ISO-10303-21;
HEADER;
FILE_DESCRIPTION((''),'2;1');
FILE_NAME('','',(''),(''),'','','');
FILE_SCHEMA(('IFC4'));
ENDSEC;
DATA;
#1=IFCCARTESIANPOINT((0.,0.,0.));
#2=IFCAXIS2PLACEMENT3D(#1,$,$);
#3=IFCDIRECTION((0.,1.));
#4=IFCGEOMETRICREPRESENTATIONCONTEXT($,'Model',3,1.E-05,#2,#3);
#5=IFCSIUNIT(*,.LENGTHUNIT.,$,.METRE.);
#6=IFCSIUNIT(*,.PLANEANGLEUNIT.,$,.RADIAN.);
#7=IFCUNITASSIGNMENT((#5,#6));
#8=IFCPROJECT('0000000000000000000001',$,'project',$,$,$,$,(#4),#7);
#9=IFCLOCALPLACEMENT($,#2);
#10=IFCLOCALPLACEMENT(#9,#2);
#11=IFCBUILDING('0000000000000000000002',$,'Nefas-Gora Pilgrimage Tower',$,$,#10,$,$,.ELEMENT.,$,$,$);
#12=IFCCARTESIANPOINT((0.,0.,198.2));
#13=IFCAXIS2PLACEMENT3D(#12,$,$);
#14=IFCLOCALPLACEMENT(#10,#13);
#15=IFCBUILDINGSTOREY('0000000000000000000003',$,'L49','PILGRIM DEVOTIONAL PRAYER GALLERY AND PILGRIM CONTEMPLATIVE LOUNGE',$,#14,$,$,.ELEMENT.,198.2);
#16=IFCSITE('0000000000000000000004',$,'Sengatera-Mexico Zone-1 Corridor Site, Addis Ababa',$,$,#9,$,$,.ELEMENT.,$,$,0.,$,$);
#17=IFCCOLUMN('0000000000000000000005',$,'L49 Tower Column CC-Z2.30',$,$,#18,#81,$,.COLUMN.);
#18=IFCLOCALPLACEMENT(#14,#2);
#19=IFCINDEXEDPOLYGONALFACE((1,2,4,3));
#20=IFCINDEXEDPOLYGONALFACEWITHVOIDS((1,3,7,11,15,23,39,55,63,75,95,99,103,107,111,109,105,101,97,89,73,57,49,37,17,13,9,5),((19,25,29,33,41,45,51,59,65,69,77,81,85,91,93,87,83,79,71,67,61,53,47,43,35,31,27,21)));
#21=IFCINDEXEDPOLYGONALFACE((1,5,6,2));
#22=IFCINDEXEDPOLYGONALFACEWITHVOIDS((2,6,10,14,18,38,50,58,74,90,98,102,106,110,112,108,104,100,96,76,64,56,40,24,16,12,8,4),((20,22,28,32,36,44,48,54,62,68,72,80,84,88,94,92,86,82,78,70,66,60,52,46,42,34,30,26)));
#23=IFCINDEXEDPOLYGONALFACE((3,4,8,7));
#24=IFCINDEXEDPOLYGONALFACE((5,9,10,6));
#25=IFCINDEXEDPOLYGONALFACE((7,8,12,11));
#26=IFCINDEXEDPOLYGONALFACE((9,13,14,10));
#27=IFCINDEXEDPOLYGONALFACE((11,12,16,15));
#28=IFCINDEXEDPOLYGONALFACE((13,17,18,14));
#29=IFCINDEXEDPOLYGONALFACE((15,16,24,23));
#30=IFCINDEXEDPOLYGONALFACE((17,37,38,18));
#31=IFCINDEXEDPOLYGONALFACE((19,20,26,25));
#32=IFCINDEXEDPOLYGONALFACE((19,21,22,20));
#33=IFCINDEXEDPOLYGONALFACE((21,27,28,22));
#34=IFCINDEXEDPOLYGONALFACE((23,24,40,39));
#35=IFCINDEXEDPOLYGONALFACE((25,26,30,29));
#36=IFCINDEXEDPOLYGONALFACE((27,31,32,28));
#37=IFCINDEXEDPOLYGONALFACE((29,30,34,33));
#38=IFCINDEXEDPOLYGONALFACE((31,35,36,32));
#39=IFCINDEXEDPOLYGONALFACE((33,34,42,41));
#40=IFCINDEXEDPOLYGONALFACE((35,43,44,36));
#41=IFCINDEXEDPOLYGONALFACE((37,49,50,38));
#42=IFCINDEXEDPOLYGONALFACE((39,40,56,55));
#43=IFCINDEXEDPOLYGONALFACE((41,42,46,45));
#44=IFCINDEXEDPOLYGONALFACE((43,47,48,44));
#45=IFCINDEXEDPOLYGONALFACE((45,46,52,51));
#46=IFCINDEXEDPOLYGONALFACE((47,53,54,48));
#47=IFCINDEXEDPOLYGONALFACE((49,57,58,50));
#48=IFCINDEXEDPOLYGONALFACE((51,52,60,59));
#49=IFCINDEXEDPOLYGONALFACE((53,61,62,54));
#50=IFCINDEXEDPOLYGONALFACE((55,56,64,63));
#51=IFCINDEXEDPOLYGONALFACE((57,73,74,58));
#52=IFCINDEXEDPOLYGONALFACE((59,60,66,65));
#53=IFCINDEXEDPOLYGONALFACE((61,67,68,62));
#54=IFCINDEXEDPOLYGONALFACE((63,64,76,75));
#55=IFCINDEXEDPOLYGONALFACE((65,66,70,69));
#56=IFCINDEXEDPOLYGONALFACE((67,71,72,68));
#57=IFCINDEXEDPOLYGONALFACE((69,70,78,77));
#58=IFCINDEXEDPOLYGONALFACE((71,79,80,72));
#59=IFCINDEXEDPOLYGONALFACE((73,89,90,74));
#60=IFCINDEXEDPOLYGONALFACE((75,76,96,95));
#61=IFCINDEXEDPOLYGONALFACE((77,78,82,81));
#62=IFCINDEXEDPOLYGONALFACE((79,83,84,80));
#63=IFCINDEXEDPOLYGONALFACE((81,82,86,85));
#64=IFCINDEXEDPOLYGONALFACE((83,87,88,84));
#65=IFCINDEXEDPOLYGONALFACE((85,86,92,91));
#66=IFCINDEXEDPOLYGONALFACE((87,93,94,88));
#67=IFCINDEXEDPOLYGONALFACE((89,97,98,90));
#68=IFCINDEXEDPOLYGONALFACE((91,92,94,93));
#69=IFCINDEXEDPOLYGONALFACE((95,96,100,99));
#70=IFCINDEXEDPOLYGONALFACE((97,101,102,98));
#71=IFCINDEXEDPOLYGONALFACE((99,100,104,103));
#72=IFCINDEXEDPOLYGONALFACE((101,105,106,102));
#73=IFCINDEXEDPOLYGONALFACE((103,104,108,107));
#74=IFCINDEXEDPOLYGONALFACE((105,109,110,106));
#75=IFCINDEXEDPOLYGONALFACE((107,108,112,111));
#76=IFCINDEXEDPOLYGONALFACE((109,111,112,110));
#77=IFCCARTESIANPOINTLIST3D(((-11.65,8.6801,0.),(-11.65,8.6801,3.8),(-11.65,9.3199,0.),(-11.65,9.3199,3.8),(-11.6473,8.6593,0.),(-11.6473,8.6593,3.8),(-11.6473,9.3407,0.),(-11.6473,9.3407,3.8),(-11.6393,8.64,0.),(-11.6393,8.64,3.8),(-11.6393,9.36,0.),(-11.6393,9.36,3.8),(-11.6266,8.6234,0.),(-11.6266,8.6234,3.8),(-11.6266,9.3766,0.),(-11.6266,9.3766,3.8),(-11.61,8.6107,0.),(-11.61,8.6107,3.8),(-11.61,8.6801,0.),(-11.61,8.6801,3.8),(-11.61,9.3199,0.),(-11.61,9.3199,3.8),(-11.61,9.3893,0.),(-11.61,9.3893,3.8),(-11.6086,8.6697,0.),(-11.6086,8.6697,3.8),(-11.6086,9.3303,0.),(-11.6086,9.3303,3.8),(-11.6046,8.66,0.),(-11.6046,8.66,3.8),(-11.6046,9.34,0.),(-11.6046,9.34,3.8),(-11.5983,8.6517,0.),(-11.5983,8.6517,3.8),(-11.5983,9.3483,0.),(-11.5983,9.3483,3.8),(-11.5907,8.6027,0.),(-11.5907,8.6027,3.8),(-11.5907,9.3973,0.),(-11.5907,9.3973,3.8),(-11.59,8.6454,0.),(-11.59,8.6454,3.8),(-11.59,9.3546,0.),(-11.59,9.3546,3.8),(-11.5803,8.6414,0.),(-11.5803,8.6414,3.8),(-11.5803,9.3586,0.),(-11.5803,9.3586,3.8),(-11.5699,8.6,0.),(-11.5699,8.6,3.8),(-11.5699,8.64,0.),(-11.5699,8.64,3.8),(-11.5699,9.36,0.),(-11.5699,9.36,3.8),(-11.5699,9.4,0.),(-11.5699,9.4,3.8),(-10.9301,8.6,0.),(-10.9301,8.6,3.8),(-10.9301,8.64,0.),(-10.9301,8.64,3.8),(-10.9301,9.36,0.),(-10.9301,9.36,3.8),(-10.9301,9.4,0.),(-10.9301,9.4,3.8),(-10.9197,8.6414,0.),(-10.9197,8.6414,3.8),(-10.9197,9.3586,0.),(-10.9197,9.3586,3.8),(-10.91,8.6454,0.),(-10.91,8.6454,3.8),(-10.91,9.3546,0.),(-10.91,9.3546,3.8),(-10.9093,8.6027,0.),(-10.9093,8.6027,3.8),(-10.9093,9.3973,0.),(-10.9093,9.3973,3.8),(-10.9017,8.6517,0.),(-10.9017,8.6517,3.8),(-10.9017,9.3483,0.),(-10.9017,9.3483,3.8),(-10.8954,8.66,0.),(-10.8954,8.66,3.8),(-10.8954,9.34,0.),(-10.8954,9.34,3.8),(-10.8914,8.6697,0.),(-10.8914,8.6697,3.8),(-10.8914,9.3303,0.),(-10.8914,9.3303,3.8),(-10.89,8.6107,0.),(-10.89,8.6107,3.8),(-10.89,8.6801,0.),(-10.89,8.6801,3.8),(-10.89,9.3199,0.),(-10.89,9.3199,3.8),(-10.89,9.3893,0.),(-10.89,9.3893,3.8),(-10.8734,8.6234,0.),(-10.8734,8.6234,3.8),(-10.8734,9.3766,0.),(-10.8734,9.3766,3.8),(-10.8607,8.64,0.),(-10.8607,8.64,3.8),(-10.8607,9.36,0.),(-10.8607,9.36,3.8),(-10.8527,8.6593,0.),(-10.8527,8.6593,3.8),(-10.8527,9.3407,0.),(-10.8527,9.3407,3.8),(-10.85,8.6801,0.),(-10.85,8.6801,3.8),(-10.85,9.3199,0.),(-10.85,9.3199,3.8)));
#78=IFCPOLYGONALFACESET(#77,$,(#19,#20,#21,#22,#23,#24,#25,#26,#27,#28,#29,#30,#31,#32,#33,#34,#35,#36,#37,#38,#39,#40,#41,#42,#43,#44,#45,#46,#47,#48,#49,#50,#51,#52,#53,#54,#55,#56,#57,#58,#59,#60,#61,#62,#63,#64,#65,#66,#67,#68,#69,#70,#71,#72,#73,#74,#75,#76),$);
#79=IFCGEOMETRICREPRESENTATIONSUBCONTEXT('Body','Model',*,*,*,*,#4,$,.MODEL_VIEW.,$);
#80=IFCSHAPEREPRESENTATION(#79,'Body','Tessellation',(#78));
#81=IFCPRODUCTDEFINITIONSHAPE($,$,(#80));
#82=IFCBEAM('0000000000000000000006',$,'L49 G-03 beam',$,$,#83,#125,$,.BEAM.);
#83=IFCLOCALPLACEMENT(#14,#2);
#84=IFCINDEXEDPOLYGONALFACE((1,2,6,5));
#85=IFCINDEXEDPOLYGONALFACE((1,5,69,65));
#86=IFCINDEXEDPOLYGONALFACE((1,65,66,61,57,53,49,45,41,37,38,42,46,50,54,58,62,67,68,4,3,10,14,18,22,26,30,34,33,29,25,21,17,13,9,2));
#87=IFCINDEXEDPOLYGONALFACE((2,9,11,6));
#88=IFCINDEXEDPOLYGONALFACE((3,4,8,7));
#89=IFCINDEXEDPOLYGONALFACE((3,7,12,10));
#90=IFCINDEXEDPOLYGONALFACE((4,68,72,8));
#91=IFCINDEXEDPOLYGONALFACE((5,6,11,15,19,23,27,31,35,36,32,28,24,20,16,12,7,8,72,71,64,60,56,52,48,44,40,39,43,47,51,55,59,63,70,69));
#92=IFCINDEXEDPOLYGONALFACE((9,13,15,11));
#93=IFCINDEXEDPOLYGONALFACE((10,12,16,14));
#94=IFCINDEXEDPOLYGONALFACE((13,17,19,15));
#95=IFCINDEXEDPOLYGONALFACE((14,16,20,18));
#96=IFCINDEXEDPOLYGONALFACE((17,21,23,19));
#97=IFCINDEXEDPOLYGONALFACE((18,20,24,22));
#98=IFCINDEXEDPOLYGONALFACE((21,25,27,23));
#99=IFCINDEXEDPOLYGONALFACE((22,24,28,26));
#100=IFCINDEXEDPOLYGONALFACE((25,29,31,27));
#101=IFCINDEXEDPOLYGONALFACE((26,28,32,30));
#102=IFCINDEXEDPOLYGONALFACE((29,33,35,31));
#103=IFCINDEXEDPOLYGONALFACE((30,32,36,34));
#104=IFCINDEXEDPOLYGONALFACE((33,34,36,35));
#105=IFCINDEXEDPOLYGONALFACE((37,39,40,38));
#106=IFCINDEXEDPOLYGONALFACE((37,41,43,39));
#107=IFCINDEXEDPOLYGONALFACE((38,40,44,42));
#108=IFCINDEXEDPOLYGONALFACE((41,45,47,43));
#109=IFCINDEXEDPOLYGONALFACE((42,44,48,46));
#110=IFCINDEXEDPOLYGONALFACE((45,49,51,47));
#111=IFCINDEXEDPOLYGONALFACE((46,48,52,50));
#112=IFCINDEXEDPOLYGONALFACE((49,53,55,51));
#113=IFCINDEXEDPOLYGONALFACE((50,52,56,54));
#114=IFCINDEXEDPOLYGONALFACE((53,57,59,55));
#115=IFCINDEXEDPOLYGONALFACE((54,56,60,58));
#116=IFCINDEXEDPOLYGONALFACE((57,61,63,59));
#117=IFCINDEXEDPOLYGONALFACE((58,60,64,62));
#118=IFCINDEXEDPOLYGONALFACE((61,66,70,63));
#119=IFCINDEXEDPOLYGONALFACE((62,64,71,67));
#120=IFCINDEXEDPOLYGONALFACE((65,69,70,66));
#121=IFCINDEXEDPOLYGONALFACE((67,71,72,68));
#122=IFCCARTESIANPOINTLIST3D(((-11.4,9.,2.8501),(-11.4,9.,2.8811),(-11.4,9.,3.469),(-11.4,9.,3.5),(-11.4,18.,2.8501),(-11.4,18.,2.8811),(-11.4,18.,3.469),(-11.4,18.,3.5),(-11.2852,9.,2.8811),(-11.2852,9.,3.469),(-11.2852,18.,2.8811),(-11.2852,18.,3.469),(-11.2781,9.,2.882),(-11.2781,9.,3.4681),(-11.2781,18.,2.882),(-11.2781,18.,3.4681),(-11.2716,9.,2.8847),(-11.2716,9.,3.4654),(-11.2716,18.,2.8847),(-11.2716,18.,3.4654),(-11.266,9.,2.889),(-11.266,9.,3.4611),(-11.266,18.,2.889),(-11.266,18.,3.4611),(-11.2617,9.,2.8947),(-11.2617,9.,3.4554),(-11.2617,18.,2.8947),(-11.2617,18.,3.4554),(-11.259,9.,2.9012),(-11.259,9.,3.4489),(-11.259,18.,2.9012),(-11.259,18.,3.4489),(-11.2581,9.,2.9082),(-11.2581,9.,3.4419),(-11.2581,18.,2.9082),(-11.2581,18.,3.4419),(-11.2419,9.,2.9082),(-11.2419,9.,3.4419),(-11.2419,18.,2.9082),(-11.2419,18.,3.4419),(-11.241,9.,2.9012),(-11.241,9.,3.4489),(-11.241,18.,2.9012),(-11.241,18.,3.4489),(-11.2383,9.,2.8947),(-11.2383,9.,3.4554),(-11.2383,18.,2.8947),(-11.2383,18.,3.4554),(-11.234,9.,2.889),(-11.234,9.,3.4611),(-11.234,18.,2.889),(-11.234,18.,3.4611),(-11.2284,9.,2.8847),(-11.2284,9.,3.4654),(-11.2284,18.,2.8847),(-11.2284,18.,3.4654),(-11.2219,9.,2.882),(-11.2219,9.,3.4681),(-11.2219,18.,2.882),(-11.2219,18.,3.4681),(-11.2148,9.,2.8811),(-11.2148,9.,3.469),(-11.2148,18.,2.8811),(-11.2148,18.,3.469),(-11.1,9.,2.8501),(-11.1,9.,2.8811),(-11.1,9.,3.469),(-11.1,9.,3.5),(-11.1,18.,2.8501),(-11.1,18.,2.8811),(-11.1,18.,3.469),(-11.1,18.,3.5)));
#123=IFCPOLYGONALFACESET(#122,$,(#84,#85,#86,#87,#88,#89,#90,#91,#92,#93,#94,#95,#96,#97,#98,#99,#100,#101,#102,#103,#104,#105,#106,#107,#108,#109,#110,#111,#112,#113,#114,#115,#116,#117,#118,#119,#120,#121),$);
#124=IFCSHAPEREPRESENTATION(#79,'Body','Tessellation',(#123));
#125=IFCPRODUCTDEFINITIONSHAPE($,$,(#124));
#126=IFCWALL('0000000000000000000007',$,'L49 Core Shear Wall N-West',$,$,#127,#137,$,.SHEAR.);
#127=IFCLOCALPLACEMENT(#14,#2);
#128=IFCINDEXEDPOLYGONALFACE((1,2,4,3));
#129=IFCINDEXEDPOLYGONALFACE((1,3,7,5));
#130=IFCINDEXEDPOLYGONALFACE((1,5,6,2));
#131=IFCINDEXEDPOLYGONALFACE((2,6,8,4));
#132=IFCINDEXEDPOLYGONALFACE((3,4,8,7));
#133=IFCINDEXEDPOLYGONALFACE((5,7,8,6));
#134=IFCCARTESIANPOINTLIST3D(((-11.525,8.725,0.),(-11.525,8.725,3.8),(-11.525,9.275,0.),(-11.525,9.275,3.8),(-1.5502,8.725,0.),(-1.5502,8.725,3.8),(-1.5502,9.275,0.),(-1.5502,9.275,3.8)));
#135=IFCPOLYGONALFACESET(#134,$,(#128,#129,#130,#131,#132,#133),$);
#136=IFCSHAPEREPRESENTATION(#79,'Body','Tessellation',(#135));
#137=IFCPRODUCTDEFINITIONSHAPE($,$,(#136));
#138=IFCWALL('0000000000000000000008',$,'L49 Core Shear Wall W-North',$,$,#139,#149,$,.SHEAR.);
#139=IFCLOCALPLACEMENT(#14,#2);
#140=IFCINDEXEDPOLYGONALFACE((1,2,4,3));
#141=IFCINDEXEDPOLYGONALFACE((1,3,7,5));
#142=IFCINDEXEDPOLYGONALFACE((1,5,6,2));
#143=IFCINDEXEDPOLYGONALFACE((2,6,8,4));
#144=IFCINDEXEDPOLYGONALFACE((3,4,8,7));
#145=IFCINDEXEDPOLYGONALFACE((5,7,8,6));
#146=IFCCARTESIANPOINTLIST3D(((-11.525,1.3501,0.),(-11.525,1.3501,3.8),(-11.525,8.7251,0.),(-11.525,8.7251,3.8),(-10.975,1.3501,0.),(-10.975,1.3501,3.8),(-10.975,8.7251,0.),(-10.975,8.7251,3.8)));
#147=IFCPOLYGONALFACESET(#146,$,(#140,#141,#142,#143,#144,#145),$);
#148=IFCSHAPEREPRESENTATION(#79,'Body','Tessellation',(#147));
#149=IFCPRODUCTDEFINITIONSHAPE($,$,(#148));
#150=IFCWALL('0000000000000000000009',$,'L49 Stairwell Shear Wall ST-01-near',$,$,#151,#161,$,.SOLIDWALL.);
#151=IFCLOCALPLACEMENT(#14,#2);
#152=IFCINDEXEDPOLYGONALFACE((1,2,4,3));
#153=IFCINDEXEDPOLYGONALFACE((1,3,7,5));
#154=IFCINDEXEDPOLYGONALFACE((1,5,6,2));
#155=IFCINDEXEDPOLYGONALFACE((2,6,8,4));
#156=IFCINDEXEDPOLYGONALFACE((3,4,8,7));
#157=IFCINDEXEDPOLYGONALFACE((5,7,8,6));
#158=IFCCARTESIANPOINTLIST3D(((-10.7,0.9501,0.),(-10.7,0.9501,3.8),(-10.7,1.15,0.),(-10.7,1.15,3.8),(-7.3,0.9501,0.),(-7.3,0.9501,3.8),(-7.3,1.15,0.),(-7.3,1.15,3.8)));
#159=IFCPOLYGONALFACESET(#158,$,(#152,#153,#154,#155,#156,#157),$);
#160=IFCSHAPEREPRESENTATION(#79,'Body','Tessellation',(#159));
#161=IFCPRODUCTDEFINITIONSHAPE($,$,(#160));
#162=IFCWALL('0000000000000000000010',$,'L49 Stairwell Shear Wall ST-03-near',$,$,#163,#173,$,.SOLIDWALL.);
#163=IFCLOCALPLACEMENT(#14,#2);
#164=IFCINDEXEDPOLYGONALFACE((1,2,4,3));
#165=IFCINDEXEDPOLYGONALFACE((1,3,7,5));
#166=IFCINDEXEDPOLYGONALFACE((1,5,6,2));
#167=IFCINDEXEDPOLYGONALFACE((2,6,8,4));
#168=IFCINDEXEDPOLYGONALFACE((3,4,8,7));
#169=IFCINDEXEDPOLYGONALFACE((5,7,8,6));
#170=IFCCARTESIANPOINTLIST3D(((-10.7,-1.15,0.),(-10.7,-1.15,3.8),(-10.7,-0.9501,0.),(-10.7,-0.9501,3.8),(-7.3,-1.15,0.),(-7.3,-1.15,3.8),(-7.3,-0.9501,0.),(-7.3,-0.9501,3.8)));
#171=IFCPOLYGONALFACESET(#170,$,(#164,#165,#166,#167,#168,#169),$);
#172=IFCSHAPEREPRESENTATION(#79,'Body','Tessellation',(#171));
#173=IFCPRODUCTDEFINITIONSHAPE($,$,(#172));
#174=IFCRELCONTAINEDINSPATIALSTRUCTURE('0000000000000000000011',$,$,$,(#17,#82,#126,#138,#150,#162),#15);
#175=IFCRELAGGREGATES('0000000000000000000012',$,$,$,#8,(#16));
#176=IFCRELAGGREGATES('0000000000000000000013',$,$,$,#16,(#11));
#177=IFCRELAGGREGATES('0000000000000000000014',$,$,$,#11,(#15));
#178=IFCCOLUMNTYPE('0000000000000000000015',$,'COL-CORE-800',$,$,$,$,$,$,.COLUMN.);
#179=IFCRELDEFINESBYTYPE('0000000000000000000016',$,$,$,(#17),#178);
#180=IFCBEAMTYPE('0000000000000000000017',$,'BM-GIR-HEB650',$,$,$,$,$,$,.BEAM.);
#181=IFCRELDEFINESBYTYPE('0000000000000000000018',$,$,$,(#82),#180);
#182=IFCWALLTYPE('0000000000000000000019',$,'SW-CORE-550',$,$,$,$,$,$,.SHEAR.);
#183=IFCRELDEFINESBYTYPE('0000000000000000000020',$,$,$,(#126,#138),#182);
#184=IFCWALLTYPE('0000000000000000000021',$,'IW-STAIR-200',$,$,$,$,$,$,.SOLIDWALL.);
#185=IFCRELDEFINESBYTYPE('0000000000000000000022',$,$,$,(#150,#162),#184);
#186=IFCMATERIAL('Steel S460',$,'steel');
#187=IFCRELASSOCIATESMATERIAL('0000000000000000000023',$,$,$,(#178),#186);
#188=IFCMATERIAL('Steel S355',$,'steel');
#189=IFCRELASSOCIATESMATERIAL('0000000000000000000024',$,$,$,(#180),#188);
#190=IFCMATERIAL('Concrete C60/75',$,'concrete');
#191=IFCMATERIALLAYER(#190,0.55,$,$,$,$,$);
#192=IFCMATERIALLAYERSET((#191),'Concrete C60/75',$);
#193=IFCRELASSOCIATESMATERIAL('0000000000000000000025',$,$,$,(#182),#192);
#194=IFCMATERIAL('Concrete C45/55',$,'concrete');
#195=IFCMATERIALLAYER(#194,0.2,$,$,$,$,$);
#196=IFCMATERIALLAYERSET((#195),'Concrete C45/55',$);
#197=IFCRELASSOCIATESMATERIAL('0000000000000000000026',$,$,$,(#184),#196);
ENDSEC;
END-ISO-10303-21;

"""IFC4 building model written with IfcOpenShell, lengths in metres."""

from ifc_helpers import new_model, si_unit, direction, frame, frame_2d, origin, origin_2d, place, context, subcontext, project, spatial, rectangle, hollow_rectangle, i_section, extrude, source, transform, mapped, material, layer, layer_set, material_profile, profile_set, type_object, element, save


model = new_model("IFC4")

# Units and contexts
model_context = context("Model", 3, precision=1e-05, world=origin(), true_north=direction((0.0, 1.0)))
body_context = subcontext(model_context, "Body", "Model", "MODEL_VIEW")
ifc_project = project(units=[si_unit("LENGTHUNIT", "METRE"), si_unit("PLANEANGLEUNIT", "RADIAN")], contexts=[model_context])

# Site, building, storey
site_placement = place(None, origin())
site = spatial("IfcSite", under=ifc_project, at=site_placement, Name="Sengatera-Mexico Zone-1 Corridor Site, Addis Ababa", CompositionType="ELEMENT", RefElevation=0.0)
building_placement = place(site_placement, origin())
building = spatial("IfcBuilding", under=site, at=building_placement, Name="Nefas-Gora Pilgrimage Tower", CompositionType="ELEMENT")
storey_placement = place(building_placement, frame((0.0, 0.0, 198.2)))
storey = spatial("IfcBuildingStorey", under=building, at=storey_placement, Name="L49", Description="PILGRIM DEVOTIONAL PRAYER GALLERY AND PILGRIM CONTEMPLATIVE LOUNGE", CompositionType="ELEMENT", Elevation=198.2)

# Column
ifc_material_1 = material(Name="Steel S460", Category="steel")
ifc_material_profile_1 = material_profile(ifc_material_1, hollow_rectangle(XDim=0.8, YDim=0.8, WallThickness=0.04, InnerFilletRadius=0.04, OuterFilletRadius=0.0801, at=origin_2d()), Name="BOX 800x800x40")
ifc_profile_set_1 = profile_set([ifc_material_profile_1], Name="Steel S460")
column_type = type_object("IfcColumnType", Name="COL-CORE-800", PredefinedType="COLUMN", material=ifc_profile_set_1)
shared_shape_1 = source(origin(), body_context, "Body", "SweptSolid", [
    extrude(hollow_rectangle(XDim=0.8, YDim=0.8, WallThickness=0.04, InnerFilletRadius=0.04, OuterFilletRadius=0.0801, at=origin_2d()), origin(), (0.0, 0.0, 1.0), 3.8),
])
column_placement = place(storey_placement, frame((-11.25, 9.0, 0.0), z_axis=(0.0, 0.0, 1.0), x_axis=(1.0, 0.0, 0.0)))
element("IfcColumn", 1, at=column_placement, inside=storey, type_object=column_type, Name="L49 Tower Column CC-Z2.30", PredefinedType="COLUMN", context=body_context, shape_type="MappedRepresentation", body=[
    mapped(shared_shape_1, transform((0.0, 0.0, 0.0), x_axis=(1.0, 0.0, 0.0), y_axis=(0.0, 1.0, 0.0), z_axis=(0.0, 0.0, 1.0), scale=1.0)),
])

# Beam
ifc_material_2 = material(Name="Steel S355", Category="steel")
ifc_material_profile_2 = material_profile(ifc_material_2, i_section(OverallWidth=0.3, OverallDepth=0.6499, WebThickness=0.0161, FlangeThickness=0.031, FilletRadius=0.0271, at=origin_2d()), Name="HEB 650")
ifc_profile_set_2 = profile_set([ifc_material_profile_2], Name="Steel S355")
beam_type = type_object("IfcBeamType", Name="BM-GIR-HEB650", PredefinedType="BEAM", material=ifc_profile_set_2)
shared_shape_2 = source(origin(), body_context, "Body", "SweptSolid", [
    extrude(i_section(OverallWidth=0.3, OverallDepth=0.6499, WebThickness=0.0161, FlangeThickness=0.031, FilletRadius=0.0271, at=origin_2d()), origin(), (0.0, 0.0, 1.0), 9.0),
])
beam_placement = place(storey_placement, frame((-11.25, 9.0, 3.175), z_axis=(0.0, 1.0, 0.0), x_axis=(-1.0, 0.0, 0.0)))
element("IfcBeam", 2, at=beam_placement, inside=storey, type_object=beam_type, Name="L49 G-03 beam", PredefinedType="BEAM", context=body_context, shape_type="MappedRepresentation", body=[
    mapped(shared_shape_2, transform((0.0, 0.0, 0.0), x_axis=(1.0, 0.0, 0.0), y_axis=(0.0, 1.0, 0.0), z_axis=(0.0, 0.0, 1.0), scale=1.0)),
])

# Walls
ifc_material_3 = material(Name="Concrete C60/75", Category="concrete")
ifc_layer_1 = layer(ifc_material_3, 0.55)
ifc_layer_set_1 = layer_set([ifc_layer_1], Name="Concrete C60/75")
wall_type_1 = type_object("IfcWallType", Name="SW-CORE-550", PredefinedType="SHEAR", material=ifc_layer_set_1)
shared_shape_3 = source(origin(), body_context, "Body", "SweptSolid", [
    extrude(rectangle(XDim=9.9749, YDim=0.55, at=frame_2d((4.9873, 0.0))), origin(), (0.0, 0.0, 1.0), 3.8),
])
wall_1_placement = place(storey_placement, frame((-11.5249, 9.0, 0.0), z_axis=(0.0, 0.0, 1.0), x_axis=(1.0, 0.0, 0.0)))
element("IfcWall", 3, at=wall_1_placement, inside=storey, type_object=wall_type_1, Name="L49 Core Shear Wall N-West", PredefinedType="SHEAR", context=body_context, shape_type="MappedRepresentation", body=[
    mapped(shared_shape_3, transform((0.0, 0.0, 0.0), x_axis=(1.0, 0.0, 0.0), y_axis=(0.0, 1.0, 0.0), z_axis=(0.0, 0.0, 1.0), scale=1.0)),
])
shared_shape_4 = source(origin(), body_context, "Body", "SweptSolid", [
    extrude(rectangle(XDim=7.375, YDim=0.55, at=frame_2d((3.6875, 0.0))), origin(), (0.0, 0.0, 1.0), 3.8),
])
wall_2_placement = place(storey_placement, frame((-11.25, 1.3501, 0.0), z_axis=(0.0, 0.0, 1.0), x_axis=(0.0, 1.0, 0.0)))
element("IfcWall", 4, at=wall_2_placement, inside=storey, type_object=wall_type_1, Name="L49 Core Shear Wall W-North", PredefinedType="SHEAR", context=body_context, shape_type="MappedRepresentation", body=[
    mapped(shared_shape_4, transform((0.0, 0.0, 0.0), x_axis=(1.0, 0.0, 0.0), y_axis=(0.0, 1.0, 0.0), z_axis=(0.0, 0.0, 1.0), scale=1.0)),
])
ifc_material_4 = material(Name="Concrete C45/55", Category="concrete")
ifc_layer_2 = layer(ifc_material_4, 0.2)
ifc_layer_set_2 = layer_set([ifc_layer_2], Name="Concrete C45/55")
wall_type_2 = type_object("IfcWallType", Name="IW-STAIR-200", PredefinedType="SOLIDWALL", material=ifc_layer_set_2)
shared_shape_5 = source(origin(), body_context, "Body", "SweptSolid", [
    extrude(rectangle(XDim=3.3999, YDim=0.2, at=frame_2d((1.7, 0.0))), origin(), (0.0, 0.0, 1.0), 3.8),
])
for number, where, z_axis, x_axis, name in (
    (5, (-7.3, 1.05, 0.0), (0.0, 0.0, 1.0), (-1.0, 0.0, 0.0), "L49 Stairwell Shear Wall ST-01-near"),
    (6, (-10.7, -1.05, 0.0), (0.0, 0.0, 1.0), (1.0, 0.0, 0.0), "L49 Stairwell Shear Wall ST-03-near"),
):
    element("IfcWall", number, at=place(storey_placement, frame(where, z_axis=z_axis, x_axis=x_axis)), inside=storey, type_object=wall_type_2, Name=name, PredefinedType="SOLIDWALL", context=body_context, shape_type="MappedRepresentation", body=[
        mapped(shared_shape_5, transform((0.0, 0.0, 0.0), x_axis=(1.0, 0.0, 0.0), y_axis=(0.0, 1.0, 0.0), z_axis=(0.0, 0.0, 1.0), scale=1.0)),
    ])

save(model, "model.ifc")
